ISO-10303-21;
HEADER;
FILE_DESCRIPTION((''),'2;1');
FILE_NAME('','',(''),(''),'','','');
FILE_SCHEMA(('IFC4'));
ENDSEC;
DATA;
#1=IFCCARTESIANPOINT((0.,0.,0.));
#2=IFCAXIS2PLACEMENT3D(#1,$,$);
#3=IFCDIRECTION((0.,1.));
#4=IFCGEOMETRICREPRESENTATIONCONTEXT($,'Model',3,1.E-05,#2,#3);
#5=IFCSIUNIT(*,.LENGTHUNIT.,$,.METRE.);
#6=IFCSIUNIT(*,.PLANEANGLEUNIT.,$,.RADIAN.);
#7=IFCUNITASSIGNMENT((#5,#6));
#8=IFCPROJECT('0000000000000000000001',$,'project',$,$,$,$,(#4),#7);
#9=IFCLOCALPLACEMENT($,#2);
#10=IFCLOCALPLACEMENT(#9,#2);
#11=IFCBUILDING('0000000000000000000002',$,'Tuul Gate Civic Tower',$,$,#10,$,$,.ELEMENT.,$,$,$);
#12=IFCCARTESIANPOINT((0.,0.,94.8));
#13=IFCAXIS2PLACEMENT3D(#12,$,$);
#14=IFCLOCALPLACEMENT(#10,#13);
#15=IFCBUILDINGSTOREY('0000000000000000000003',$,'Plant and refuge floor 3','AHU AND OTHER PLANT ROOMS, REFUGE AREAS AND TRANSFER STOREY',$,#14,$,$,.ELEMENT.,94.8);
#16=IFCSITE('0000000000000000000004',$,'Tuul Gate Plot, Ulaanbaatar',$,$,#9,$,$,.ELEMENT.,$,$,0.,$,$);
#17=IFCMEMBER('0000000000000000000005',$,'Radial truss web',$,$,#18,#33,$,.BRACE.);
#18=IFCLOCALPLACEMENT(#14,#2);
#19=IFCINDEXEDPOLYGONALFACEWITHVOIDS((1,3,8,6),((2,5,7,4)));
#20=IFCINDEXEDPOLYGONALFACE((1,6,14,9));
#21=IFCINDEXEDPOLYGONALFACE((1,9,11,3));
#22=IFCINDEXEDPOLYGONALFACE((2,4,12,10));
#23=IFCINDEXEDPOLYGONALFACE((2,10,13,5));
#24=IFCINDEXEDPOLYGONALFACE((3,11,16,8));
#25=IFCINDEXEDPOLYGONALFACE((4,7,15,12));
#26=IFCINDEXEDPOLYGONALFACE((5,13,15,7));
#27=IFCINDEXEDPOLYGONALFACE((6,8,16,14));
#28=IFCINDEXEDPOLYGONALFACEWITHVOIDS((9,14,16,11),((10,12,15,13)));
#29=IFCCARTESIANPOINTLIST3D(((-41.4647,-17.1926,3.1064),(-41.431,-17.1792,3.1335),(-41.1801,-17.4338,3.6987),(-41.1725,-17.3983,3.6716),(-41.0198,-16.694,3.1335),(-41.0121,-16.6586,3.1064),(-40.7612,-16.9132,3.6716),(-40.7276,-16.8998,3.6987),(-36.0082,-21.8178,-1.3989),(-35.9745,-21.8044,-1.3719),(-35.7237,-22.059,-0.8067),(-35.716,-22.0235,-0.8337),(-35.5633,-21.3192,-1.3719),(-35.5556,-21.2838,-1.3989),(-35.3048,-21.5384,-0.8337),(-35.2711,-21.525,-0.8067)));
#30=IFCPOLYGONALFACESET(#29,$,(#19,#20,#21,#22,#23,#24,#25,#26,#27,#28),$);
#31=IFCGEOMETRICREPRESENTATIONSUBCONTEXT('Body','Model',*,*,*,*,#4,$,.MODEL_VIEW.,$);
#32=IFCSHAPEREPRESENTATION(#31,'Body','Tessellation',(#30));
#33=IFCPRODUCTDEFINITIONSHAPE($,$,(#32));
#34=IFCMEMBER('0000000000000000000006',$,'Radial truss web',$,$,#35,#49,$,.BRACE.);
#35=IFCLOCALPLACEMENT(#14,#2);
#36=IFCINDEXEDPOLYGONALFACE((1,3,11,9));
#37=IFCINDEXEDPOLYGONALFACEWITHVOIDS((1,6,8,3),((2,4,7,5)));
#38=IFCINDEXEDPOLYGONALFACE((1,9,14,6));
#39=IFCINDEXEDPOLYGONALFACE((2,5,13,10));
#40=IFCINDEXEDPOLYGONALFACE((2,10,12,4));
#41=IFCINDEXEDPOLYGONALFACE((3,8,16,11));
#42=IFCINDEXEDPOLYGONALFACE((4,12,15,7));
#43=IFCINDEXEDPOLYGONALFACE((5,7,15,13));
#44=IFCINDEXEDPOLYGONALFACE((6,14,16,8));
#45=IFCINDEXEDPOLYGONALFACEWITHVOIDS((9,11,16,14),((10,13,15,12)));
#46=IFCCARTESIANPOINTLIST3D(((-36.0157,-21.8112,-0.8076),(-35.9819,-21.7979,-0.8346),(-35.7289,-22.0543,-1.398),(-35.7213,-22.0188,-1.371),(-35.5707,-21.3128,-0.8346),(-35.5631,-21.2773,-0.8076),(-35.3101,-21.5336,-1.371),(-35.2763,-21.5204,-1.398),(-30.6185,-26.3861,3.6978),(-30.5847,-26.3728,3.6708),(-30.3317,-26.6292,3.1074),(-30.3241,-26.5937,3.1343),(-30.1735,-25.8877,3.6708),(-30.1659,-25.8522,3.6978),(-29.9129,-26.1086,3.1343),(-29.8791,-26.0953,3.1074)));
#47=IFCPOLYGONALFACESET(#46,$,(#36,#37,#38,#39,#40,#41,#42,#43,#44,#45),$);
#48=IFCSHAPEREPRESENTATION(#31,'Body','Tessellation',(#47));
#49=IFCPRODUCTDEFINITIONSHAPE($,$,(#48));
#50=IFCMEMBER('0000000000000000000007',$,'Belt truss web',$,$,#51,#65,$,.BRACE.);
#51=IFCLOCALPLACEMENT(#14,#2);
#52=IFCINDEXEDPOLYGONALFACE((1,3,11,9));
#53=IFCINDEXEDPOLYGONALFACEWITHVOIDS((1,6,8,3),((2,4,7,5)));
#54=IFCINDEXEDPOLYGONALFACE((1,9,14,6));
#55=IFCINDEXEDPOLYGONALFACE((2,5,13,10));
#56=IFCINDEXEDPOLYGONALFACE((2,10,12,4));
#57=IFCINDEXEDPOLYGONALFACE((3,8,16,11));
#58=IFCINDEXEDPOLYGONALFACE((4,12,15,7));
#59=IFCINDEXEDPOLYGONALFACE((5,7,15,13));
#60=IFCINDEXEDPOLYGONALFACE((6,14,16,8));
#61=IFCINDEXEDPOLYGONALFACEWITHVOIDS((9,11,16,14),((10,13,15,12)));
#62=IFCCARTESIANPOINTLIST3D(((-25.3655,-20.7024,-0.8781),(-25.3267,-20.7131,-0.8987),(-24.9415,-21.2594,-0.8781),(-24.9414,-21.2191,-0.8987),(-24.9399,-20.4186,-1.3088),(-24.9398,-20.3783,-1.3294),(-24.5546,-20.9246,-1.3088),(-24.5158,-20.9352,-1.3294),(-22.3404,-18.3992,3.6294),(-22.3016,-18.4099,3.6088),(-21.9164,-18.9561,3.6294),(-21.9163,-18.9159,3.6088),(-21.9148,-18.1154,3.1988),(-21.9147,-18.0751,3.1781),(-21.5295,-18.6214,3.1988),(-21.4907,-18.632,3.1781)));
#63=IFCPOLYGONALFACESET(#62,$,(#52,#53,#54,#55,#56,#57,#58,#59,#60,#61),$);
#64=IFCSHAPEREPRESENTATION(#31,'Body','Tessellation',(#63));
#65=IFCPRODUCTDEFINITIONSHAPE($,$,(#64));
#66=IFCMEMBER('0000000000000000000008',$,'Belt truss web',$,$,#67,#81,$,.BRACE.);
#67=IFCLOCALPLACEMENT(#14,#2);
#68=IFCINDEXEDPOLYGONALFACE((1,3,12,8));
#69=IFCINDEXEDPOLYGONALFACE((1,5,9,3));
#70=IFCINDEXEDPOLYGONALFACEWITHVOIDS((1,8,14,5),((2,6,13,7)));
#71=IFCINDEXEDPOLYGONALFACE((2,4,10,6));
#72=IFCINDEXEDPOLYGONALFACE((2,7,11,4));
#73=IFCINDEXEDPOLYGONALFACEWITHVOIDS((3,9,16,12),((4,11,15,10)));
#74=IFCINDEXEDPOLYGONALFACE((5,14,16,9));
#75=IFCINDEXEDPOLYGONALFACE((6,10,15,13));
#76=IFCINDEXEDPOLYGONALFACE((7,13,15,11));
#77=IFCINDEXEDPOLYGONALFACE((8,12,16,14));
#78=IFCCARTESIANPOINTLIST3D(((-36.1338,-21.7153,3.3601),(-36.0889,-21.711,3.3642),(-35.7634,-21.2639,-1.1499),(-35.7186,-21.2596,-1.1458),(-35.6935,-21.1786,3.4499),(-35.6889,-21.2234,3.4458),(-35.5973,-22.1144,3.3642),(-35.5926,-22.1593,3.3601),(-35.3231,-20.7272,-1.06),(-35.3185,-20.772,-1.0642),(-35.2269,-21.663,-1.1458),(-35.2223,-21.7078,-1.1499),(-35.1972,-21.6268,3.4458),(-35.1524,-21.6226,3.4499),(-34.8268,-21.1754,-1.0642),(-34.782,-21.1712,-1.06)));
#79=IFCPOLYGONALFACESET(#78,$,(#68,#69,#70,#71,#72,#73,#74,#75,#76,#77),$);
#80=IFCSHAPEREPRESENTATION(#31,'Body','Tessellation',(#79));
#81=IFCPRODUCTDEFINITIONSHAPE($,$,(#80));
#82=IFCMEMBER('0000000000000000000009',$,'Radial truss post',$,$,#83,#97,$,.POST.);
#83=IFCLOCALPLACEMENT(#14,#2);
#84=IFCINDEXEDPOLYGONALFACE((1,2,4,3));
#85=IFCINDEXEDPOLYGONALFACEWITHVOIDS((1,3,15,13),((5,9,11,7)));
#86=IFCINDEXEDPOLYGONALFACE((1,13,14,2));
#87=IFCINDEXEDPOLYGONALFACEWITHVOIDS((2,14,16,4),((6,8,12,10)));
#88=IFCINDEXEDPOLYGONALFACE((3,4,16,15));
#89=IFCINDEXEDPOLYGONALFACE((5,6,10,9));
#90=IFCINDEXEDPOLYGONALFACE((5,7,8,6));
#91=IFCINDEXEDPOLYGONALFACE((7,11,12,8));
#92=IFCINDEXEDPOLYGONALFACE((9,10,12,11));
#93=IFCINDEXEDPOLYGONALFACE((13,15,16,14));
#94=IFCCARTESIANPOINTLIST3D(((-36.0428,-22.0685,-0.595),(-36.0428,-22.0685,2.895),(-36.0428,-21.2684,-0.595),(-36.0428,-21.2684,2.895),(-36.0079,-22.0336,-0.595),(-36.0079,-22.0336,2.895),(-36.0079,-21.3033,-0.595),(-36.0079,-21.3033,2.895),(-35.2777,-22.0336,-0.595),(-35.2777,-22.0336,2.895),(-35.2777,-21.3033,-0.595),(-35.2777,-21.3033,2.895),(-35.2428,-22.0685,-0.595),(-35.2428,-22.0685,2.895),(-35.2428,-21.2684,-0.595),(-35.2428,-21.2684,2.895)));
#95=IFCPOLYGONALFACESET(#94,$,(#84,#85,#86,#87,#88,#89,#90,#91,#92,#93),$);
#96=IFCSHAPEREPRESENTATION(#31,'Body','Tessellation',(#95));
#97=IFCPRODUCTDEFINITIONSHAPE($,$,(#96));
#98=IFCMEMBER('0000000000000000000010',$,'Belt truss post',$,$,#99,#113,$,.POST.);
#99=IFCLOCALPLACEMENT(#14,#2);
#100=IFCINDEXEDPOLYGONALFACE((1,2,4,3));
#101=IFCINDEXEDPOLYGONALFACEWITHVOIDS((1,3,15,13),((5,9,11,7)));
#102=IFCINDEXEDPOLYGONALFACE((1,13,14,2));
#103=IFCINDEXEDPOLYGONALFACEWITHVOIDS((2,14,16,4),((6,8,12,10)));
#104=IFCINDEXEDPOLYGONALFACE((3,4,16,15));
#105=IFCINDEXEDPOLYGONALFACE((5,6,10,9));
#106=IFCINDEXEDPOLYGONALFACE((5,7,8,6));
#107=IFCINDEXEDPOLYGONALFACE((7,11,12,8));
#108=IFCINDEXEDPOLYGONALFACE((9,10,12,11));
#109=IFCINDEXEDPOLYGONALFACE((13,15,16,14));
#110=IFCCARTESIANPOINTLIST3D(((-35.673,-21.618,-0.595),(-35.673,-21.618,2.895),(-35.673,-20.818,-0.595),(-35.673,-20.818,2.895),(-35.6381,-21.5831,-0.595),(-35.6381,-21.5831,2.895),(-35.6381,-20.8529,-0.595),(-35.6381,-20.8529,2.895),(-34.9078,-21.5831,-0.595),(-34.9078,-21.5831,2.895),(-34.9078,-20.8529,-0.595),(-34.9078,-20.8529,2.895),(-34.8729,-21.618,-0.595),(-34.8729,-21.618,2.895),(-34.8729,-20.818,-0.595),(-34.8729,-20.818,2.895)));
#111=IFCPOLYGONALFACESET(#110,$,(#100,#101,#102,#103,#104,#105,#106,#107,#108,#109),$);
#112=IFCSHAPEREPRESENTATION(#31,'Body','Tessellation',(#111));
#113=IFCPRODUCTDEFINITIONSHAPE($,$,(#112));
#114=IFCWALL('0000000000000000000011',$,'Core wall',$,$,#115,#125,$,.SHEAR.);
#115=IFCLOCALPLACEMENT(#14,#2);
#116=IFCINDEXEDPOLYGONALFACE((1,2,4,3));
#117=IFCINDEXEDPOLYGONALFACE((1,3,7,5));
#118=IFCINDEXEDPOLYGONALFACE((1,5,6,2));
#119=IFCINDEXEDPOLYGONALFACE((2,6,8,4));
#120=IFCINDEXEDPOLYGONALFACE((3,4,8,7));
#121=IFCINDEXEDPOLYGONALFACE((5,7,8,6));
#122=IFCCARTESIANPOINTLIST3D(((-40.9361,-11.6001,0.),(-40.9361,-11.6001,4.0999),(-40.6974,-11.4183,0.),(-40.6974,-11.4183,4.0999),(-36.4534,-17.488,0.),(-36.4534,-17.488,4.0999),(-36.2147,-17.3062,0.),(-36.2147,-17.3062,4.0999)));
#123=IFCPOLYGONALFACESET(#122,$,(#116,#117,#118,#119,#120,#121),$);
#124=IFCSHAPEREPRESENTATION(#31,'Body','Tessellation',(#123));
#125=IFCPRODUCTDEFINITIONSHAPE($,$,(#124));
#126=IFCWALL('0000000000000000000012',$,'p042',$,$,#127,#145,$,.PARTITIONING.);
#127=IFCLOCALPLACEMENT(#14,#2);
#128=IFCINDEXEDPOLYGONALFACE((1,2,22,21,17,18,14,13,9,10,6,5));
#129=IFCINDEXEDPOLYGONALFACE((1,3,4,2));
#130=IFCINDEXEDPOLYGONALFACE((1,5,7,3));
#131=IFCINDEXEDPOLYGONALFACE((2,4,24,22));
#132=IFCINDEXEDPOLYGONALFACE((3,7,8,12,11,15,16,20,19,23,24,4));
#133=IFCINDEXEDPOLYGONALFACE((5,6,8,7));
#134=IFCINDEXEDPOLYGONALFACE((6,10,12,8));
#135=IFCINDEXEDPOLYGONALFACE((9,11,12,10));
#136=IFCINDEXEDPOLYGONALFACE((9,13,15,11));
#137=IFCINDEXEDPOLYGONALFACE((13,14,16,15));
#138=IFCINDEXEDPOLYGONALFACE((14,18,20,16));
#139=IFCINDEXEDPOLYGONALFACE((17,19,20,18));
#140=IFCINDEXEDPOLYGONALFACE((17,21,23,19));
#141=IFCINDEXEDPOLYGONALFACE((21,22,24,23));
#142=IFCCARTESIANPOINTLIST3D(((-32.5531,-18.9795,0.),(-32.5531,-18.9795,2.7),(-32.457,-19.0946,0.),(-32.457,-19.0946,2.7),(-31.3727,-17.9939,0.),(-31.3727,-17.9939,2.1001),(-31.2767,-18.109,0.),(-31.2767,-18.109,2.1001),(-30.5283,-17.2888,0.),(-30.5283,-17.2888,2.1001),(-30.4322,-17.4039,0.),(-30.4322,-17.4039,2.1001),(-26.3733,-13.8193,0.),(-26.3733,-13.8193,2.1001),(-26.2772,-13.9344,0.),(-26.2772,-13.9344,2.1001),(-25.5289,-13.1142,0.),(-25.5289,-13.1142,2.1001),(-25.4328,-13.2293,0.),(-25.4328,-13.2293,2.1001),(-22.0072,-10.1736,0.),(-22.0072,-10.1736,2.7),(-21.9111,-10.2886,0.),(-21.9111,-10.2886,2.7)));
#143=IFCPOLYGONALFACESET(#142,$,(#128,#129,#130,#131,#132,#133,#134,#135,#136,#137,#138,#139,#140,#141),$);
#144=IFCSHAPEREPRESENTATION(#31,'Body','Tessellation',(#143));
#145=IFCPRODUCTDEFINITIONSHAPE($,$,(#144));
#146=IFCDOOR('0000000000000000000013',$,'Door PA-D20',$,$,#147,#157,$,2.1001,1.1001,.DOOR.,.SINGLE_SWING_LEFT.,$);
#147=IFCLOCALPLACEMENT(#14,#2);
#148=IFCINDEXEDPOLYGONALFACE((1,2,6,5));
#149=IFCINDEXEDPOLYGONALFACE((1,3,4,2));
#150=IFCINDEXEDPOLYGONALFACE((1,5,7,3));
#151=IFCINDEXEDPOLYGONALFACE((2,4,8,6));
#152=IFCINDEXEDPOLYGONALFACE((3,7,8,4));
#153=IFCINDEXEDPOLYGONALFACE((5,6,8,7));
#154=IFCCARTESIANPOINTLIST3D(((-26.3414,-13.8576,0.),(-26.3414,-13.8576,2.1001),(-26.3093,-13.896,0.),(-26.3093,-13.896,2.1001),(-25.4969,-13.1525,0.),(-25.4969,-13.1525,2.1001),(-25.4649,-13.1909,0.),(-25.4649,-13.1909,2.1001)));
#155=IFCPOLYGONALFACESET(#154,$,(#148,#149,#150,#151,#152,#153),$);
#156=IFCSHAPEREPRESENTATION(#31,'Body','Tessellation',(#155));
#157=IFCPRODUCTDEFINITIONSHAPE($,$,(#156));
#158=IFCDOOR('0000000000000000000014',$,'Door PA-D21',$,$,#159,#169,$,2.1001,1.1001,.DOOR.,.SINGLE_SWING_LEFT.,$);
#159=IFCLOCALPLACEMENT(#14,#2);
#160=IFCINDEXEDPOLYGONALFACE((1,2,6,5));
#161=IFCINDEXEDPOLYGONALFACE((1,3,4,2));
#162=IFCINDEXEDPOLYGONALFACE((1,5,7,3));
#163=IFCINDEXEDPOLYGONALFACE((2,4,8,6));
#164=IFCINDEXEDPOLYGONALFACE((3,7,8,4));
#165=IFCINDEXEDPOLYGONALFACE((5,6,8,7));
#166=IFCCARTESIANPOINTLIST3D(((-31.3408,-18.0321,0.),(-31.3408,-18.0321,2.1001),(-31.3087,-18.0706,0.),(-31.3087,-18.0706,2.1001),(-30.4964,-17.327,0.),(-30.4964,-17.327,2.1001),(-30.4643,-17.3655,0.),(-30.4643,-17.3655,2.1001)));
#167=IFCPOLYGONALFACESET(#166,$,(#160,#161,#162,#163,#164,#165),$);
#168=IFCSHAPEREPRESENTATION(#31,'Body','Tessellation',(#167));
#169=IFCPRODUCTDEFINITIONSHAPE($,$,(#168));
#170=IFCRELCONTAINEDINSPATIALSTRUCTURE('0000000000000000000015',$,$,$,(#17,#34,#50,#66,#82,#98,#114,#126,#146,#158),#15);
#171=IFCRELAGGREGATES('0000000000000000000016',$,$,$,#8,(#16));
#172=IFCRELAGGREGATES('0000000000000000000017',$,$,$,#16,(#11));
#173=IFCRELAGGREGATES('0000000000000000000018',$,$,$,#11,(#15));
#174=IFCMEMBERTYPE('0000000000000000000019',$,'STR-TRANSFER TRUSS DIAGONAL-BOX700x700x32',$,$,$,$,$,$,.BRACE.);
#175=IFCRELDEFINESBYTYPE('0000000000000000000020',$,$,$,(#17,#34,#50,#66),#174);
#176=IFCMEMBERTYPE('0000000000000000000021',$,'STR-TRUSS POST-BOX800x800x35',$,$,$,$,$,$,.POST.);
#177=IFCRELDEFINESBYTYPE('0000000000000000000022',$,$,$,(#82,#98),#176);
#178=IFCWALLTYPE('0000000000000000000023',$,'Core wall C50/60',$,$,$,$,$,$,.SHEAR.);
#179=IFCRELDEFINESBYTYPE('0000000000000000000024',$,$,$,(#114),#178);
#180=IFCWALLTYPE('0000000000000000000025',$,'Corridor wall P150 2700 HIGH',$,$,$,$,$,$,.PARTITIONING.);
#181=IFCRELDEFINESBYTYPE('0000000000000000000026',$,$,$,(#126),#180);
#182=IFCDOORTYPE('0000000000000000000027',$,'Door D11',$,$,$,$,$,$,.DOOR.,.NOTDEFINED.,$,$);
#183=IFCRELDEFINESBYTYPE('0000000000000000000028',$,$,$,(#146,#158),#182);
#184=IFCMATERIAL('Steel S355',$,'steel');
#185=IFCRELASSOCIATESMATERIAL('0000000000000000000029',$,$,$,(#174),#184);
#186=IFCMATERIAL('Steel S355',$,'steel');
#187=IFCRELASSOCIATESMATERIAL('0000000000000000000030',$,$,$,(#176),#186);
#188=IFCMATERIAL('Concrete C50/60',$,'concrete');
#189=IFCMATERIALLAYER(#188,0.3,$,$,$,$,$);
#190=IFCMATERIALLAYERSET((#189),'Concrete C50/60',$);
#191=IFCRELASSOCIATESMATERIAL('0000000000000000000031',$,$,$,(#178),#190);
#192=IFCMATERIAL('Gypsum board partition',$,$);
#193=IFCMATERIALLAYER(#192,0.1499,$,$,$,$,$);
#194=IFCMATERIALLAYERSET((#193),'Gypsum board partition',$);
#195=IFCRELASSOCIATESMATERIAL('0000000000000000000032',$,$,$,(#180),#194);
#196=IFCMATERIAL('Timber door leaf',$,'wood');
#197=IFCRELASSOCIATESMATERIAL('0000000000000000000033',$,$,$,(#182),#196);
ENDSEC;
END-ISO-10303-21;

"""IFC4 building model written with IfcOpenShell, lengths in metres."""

from ifc_helpers import new_model, si_unit, direction, frame, frame_2d, origin, origin_2d, place, context, subcontext, project, spatial, rectangle, hollow_rectangle, extrude, material, layer, layer_set, material_profile, profile_set, type_object, element, fill, save


model = new_model("IFC4")

# Units and contexts
model_context = context("Model", 3, precision=1e-05, world=origin(), true_north=direction((0.0, 1.0)))
body_context = subcontext(model_context, "Body", "Model", "MODEL_VIEW")
ifc_project = project(units=[si_unit("LENGTHUNIT", "METRE"), si_unit("PLANEANGLEUNIT", "RADIAN")], contexts=[model_context])

# Site, building, storey
site_placement = place(None, origin())
site = spatial("IfcSite", under=ifc_project, at=site_placement, Name="Tuul Gate Plot, Ulaanbaatar", CompositionType="ELEMENT", RefElevation=0.0)
building_placement = place(site_placement, origin())
building = spatial("IfcBuilding", under=site, at=building_placement, Name="Tuul Gate Civic Tower", CompositionType="ELEMENT")
storey_placement = place(building_placement, frame((0.0, 0.0, 94.8)))
storey = spatial("IfcBuildingStorey", under=building, at=storey_placement, Name="Plant and refuge floor 3", Description="AHU AND OTHER PLANT ROOMS, REFUGE AREAS AND TRANSFER STOREY", CompositionType="ELEMENT", Elevation=94.8)

# Members
ifc_material_1 = material(Name="Steel S355", Category="steel")
ifc_material_profile_1 = material_profile(ifc_material_1, hollow_rectangle(XDim=0.7, YDim=0.7, WallThickness=0.032, at=origin_2d()), Name="BOX700x700x32")
ifc_profile_set_1 = profile_set([ifc_material_profile_1], Name="Steel S355")
member_type_1 = type_object("IfcMemberType", Name="STR-TRANSFER TRUSS DIAGONAL-BOX700x700x32", PredefinedType="BRACE", material=ifc_profile_set_1)
member_1_placement = place(storey_placement, frame((-35.6396, -21.6714, -1.1028), z_axis=(-0.645462, 0.547126, 0.532946), x_axis=(-0.646608, -0.762823, 0.0)))
element("IfcMember", 1, at=member_1_placement, inside=storey, type_object=member_type_1, Name="Radial truss web", PredefinedType="BRACE", context=body_context, shape_type="SweptSolid", body=[
    extrude(hollow_rectangle(XDim=0.7, YDim=0.7, WallThickness=0.032, at=origin_2d()), origin(), (0.0, 0.0, 1.0), 8.4536),
])
member_2_placement = place(storey_placement, frame((-35.646, -21.6658, -1.1028), z_axis=(0.643445, -0.545416, 0.537121), x_axis=(0.646607, 0.762823, 0.0)))
element("IfcMember", 2, at=member_2_placement, inside=storey, type_object=member_type_1, Name="Radial truss web", PredefinedType="BRACE", context=body_context, shape_type="SweptSolid", body=[
    extrude(hollow_rectangle(XDim=0.7, YDim=0.7, WallThickness=0.032, at=origin_2d()), origin(), (0.0, 0.0, 1.0), 8.3879),
])
member_3_placement = place(storey_placement, frame((-24.9407, -20.8188, -1.1038), z_axis=(0.512998, 0.390576, 0.764384), x_axis=(-0.605768, 0.795641, 0.0)))
element("IfcMember", 3, at=member_3_placement, inside=storey, type_object=member_type_1, Name="Belt truss web", PredefinedType="BRACE", context=body_context, shape_type="SweptSolid", body=[
    extrude(hollow_rectangle(XDim=0.7, YDim=0.7, WallThickness=0.032, at=origin_2d()), origin(), (0.0, 0.0, 1.0), 5.897),
])
member_4_placement = place(storey_placement, frame((-35.2727, -21.2175, -1.105), z_axis=(-0.08144, -0.099264, 0.991723), x_axis=(0.7731, -0.634285, 0.0)))
element("IfcMember", 4, at=member_4_placement, inside=storey, type_object=member_type_1, Name="Belt truss web", PredefinedType="BRACE", context=body_context, shape_type="SweptSolid", body=[
    extrude(hollow_rectangle(XDim=0.7, YDim=0.7, WallThickness=0.032, at=origin_2d()), origin(), (0.0, 0.0, 1.0), 4.5476),
])
ifc_material_2 = material(Name="Steel S355", Category="steel")
ifc_material_profile_2 = material_profile(ifc_material_2, hollow_rectangle(XDim=0.8, YDim=0.8, WallThickness=0.0349, at=origin_2d()), Name="BOX800x800x35")
ifc_profile_set_2 = profile_set([ifc_material_profile_2], Name="Steel S355")
member_type_2 = type_object("IfcMemberType", Name="STR-TRUSS POST-BOX800x800x35", PredefinedType="POST", material=ifc_profile_set_2)
for number, where, z_axis, x_axis, name in (
    (5, (-35.6428, -21.6685, -0.595), (0.0, 0.0, 1.0), (1.0, 0.0, 0.0), "Radial truss post"),
    (6, (-35.2729, -21.218, -0.595), (0.0, 0.0, 1.0), (1.0, 0.0, 0.0), "Belt truss post"),
):
    element("IfcMember", number, at=place(storey_placement, frame(where, z_axis=z_axis, x_axis=x_axis)), inside=storey, type_object=member_type_2, Name=name, PredefinedType="POST", context=body_context, shape_type="SweptSolid", body=[
        extrude(hollow_rectangle(XDim=0.8, YDim=0.8, WallThickness=0.0349, at=origin_2d()), origin(), (0.0, 0.0, 1.0), 3.49),
    ])

# Wall
ifc_material_3 = material(Name="Concrete C50/60", Category="concrete")
ifc_layer_1 = layer(ifc_material_3, 0.3)
ifc_layer_set_1 = layer_set([ifc_layer_1], Name="Concrete C50/60")
wall_type_1 = type_object("IfcWallType", Name="Core wall C50/60", PredefinedType="SHEAR", material=ifc_layer_set_1)
wall_1_placement = place(storey_placement, frame((-36.334, -17.3972, 0.0), z_axis=(0.0, 0.0, 1.0), x_axis=(-0.605754, 0.795652, 0.0)))
element("IfcWall", 7, at=wall_1_placement, inside=storey, type_object=wall_type_1, Name="Core wall", PredefinedType="SHEAR", context=body_context, shape_type="SweptSolid", body=[
    extrude(rectangle(XDim=7.4001, YDim=0.3, at=frame_2d((3.7002, 0.0))), origin(), (0.0, 0.0, 1.0), 4.0999),
])

# Wall, openings, doors
ifc_material_4 = material(Name="Gypsum board partition")
ifc_layer_2 = layer(ifc_material_4, 0.1499)
ifc_layer_set_2 = layer_set([ifc_layer_2], Name="Gypsum board partition")
wall_type_2 = type_object("IfcWallType", Name="Corridor wall P150 2700 HIGH", PredefinedType="PARTITIONING", material=ifc_layer_set_2)
wall_2_placement = place(storey_placement, frame((-32.5051, -19.0371, 0.0), z_axis=(0.0, 0.0, 1.0), x_axis=(0.767589, 0.640943, 0.0)))
wall_2 = element("IfcWall", 8, at=wall_2_placement, inside=storey, type_object=wall_type_2, Name="p042", PredefinedType="PARTITIONING", context=body_context, shape_type="SweptSolid", body=[
    extrude(rectangle(XDim=13.739, YDim=0.1499, at=frame_2d((6.8696, 0.0))), origin(), (0.0, 0.0, 1.0), 2.7),
])
opening_1_placement = place(wall_2_placement, frame((8.051, 0.0, 0.0)))
opening_1 = element("IfcOpeningElement", 9, at=opening_1_placement, cuts=wall_2, PredefinedType="OPENING", context=body_context, shape_type="SweptSolid", body=[
    extrude(rectangle(XDim=1.1001, YDim=2.1001, at=frame_2d((0.55, 1.05))), frame((0.0, 0.085, 0.0), z_axis=(0.0, -1.0, 0.0), x_axis=(1.0, 0.0, 0.0)), (0.0, 0.0, 1.0), 0.1699),
])
opening_2_placement = place(wall_2_placement, frame((1.5378, 0.0, 0.0)))
opening_2 = element("IfcOpeningElement", 10, at=opening_2_placement, cuts=wall_2, PredefinedType="OPENING", context=body_context, shape_type="SweptSolid", body=[
    extrude(rectangle(XDim=1.1001, YDim=2.1001, at=frame_2d((0.55, 1.05))), frame((0.0, 0.085, 0.0), z_axis=(0.0, -1.0, 0.0), x_axis=(1.0, 0.0, 0.0)), (0.0, 0.0, 1.0), 0.1699),
])
ifc_material_5 = material(Name="Timber door leaf", Category="wood")
door_type = type_object("IfcDoorType", Name="Door D11", OperationType="NOTDEFINED", PredefinedType="DOOR", material=ifc_material_5)
door_1_placement = place(opening_1_placement, frame((1.1001, 0.0, 0.0), z_axis=(0.0, 0.0, 1.0), x_axis=(-1.0, 0.0, 0.0)))
door_1 = element("IfcDoor", 11, at=door_1_placement, inside=storey, type_object=door_type, Name="Door PA-D20", OperationType="SINGLE_SWING_LEFT", OverallHeight=2.1001, OverallWidth=1.1001, PredefinedType="DOOR", context=body_context, shape_type="SweptSolid", body=[
    extrude(rectangle(XDim=1.1001, YDim=2.1001, at=frame_2d((0.55, 1.05))), frame((0.0, 0.0249, 0.0), z_axis=(0.0, -1.0, 0.0), x_axis=(1.0, 0.0, 0.0)), (0.0, 0.0, 1.0), 0.05),
])
fill(opening_1, door_1)
door_2_placement = place(opening_2_placement, frame((1.1001, 0.0, 0.0), z_axis=(0.0, 0.0, 1.0), x_axis=(-1.0, 0.0, 0.0)))
door_2 = element("IfcDoor", 12, at=door_2_placement, inside=storey, type_object=door_type, Name="Door PA-D21", OperationType="SINGLE_SWING_LEFT", OverallHeight=2.1001, OverallWidth=1.1001, PredefinedType="DOOR", context=body_context, shape_type="SweptSolid", body=[
    extrude(rectangle(XDim=1.1001, YDim=2.1001, at=frame_2d((0.55, 1.05))), frame((0.0, 0.0249, 0.0), z_axis=(0.0, -1.0, 0.0), x_axis=(1.0, 0.0, 0.0)), (0.0, 0.0, 1.0), 0.05),
])
fill(opening_2, door_2)

save(model, "model.ifc")
